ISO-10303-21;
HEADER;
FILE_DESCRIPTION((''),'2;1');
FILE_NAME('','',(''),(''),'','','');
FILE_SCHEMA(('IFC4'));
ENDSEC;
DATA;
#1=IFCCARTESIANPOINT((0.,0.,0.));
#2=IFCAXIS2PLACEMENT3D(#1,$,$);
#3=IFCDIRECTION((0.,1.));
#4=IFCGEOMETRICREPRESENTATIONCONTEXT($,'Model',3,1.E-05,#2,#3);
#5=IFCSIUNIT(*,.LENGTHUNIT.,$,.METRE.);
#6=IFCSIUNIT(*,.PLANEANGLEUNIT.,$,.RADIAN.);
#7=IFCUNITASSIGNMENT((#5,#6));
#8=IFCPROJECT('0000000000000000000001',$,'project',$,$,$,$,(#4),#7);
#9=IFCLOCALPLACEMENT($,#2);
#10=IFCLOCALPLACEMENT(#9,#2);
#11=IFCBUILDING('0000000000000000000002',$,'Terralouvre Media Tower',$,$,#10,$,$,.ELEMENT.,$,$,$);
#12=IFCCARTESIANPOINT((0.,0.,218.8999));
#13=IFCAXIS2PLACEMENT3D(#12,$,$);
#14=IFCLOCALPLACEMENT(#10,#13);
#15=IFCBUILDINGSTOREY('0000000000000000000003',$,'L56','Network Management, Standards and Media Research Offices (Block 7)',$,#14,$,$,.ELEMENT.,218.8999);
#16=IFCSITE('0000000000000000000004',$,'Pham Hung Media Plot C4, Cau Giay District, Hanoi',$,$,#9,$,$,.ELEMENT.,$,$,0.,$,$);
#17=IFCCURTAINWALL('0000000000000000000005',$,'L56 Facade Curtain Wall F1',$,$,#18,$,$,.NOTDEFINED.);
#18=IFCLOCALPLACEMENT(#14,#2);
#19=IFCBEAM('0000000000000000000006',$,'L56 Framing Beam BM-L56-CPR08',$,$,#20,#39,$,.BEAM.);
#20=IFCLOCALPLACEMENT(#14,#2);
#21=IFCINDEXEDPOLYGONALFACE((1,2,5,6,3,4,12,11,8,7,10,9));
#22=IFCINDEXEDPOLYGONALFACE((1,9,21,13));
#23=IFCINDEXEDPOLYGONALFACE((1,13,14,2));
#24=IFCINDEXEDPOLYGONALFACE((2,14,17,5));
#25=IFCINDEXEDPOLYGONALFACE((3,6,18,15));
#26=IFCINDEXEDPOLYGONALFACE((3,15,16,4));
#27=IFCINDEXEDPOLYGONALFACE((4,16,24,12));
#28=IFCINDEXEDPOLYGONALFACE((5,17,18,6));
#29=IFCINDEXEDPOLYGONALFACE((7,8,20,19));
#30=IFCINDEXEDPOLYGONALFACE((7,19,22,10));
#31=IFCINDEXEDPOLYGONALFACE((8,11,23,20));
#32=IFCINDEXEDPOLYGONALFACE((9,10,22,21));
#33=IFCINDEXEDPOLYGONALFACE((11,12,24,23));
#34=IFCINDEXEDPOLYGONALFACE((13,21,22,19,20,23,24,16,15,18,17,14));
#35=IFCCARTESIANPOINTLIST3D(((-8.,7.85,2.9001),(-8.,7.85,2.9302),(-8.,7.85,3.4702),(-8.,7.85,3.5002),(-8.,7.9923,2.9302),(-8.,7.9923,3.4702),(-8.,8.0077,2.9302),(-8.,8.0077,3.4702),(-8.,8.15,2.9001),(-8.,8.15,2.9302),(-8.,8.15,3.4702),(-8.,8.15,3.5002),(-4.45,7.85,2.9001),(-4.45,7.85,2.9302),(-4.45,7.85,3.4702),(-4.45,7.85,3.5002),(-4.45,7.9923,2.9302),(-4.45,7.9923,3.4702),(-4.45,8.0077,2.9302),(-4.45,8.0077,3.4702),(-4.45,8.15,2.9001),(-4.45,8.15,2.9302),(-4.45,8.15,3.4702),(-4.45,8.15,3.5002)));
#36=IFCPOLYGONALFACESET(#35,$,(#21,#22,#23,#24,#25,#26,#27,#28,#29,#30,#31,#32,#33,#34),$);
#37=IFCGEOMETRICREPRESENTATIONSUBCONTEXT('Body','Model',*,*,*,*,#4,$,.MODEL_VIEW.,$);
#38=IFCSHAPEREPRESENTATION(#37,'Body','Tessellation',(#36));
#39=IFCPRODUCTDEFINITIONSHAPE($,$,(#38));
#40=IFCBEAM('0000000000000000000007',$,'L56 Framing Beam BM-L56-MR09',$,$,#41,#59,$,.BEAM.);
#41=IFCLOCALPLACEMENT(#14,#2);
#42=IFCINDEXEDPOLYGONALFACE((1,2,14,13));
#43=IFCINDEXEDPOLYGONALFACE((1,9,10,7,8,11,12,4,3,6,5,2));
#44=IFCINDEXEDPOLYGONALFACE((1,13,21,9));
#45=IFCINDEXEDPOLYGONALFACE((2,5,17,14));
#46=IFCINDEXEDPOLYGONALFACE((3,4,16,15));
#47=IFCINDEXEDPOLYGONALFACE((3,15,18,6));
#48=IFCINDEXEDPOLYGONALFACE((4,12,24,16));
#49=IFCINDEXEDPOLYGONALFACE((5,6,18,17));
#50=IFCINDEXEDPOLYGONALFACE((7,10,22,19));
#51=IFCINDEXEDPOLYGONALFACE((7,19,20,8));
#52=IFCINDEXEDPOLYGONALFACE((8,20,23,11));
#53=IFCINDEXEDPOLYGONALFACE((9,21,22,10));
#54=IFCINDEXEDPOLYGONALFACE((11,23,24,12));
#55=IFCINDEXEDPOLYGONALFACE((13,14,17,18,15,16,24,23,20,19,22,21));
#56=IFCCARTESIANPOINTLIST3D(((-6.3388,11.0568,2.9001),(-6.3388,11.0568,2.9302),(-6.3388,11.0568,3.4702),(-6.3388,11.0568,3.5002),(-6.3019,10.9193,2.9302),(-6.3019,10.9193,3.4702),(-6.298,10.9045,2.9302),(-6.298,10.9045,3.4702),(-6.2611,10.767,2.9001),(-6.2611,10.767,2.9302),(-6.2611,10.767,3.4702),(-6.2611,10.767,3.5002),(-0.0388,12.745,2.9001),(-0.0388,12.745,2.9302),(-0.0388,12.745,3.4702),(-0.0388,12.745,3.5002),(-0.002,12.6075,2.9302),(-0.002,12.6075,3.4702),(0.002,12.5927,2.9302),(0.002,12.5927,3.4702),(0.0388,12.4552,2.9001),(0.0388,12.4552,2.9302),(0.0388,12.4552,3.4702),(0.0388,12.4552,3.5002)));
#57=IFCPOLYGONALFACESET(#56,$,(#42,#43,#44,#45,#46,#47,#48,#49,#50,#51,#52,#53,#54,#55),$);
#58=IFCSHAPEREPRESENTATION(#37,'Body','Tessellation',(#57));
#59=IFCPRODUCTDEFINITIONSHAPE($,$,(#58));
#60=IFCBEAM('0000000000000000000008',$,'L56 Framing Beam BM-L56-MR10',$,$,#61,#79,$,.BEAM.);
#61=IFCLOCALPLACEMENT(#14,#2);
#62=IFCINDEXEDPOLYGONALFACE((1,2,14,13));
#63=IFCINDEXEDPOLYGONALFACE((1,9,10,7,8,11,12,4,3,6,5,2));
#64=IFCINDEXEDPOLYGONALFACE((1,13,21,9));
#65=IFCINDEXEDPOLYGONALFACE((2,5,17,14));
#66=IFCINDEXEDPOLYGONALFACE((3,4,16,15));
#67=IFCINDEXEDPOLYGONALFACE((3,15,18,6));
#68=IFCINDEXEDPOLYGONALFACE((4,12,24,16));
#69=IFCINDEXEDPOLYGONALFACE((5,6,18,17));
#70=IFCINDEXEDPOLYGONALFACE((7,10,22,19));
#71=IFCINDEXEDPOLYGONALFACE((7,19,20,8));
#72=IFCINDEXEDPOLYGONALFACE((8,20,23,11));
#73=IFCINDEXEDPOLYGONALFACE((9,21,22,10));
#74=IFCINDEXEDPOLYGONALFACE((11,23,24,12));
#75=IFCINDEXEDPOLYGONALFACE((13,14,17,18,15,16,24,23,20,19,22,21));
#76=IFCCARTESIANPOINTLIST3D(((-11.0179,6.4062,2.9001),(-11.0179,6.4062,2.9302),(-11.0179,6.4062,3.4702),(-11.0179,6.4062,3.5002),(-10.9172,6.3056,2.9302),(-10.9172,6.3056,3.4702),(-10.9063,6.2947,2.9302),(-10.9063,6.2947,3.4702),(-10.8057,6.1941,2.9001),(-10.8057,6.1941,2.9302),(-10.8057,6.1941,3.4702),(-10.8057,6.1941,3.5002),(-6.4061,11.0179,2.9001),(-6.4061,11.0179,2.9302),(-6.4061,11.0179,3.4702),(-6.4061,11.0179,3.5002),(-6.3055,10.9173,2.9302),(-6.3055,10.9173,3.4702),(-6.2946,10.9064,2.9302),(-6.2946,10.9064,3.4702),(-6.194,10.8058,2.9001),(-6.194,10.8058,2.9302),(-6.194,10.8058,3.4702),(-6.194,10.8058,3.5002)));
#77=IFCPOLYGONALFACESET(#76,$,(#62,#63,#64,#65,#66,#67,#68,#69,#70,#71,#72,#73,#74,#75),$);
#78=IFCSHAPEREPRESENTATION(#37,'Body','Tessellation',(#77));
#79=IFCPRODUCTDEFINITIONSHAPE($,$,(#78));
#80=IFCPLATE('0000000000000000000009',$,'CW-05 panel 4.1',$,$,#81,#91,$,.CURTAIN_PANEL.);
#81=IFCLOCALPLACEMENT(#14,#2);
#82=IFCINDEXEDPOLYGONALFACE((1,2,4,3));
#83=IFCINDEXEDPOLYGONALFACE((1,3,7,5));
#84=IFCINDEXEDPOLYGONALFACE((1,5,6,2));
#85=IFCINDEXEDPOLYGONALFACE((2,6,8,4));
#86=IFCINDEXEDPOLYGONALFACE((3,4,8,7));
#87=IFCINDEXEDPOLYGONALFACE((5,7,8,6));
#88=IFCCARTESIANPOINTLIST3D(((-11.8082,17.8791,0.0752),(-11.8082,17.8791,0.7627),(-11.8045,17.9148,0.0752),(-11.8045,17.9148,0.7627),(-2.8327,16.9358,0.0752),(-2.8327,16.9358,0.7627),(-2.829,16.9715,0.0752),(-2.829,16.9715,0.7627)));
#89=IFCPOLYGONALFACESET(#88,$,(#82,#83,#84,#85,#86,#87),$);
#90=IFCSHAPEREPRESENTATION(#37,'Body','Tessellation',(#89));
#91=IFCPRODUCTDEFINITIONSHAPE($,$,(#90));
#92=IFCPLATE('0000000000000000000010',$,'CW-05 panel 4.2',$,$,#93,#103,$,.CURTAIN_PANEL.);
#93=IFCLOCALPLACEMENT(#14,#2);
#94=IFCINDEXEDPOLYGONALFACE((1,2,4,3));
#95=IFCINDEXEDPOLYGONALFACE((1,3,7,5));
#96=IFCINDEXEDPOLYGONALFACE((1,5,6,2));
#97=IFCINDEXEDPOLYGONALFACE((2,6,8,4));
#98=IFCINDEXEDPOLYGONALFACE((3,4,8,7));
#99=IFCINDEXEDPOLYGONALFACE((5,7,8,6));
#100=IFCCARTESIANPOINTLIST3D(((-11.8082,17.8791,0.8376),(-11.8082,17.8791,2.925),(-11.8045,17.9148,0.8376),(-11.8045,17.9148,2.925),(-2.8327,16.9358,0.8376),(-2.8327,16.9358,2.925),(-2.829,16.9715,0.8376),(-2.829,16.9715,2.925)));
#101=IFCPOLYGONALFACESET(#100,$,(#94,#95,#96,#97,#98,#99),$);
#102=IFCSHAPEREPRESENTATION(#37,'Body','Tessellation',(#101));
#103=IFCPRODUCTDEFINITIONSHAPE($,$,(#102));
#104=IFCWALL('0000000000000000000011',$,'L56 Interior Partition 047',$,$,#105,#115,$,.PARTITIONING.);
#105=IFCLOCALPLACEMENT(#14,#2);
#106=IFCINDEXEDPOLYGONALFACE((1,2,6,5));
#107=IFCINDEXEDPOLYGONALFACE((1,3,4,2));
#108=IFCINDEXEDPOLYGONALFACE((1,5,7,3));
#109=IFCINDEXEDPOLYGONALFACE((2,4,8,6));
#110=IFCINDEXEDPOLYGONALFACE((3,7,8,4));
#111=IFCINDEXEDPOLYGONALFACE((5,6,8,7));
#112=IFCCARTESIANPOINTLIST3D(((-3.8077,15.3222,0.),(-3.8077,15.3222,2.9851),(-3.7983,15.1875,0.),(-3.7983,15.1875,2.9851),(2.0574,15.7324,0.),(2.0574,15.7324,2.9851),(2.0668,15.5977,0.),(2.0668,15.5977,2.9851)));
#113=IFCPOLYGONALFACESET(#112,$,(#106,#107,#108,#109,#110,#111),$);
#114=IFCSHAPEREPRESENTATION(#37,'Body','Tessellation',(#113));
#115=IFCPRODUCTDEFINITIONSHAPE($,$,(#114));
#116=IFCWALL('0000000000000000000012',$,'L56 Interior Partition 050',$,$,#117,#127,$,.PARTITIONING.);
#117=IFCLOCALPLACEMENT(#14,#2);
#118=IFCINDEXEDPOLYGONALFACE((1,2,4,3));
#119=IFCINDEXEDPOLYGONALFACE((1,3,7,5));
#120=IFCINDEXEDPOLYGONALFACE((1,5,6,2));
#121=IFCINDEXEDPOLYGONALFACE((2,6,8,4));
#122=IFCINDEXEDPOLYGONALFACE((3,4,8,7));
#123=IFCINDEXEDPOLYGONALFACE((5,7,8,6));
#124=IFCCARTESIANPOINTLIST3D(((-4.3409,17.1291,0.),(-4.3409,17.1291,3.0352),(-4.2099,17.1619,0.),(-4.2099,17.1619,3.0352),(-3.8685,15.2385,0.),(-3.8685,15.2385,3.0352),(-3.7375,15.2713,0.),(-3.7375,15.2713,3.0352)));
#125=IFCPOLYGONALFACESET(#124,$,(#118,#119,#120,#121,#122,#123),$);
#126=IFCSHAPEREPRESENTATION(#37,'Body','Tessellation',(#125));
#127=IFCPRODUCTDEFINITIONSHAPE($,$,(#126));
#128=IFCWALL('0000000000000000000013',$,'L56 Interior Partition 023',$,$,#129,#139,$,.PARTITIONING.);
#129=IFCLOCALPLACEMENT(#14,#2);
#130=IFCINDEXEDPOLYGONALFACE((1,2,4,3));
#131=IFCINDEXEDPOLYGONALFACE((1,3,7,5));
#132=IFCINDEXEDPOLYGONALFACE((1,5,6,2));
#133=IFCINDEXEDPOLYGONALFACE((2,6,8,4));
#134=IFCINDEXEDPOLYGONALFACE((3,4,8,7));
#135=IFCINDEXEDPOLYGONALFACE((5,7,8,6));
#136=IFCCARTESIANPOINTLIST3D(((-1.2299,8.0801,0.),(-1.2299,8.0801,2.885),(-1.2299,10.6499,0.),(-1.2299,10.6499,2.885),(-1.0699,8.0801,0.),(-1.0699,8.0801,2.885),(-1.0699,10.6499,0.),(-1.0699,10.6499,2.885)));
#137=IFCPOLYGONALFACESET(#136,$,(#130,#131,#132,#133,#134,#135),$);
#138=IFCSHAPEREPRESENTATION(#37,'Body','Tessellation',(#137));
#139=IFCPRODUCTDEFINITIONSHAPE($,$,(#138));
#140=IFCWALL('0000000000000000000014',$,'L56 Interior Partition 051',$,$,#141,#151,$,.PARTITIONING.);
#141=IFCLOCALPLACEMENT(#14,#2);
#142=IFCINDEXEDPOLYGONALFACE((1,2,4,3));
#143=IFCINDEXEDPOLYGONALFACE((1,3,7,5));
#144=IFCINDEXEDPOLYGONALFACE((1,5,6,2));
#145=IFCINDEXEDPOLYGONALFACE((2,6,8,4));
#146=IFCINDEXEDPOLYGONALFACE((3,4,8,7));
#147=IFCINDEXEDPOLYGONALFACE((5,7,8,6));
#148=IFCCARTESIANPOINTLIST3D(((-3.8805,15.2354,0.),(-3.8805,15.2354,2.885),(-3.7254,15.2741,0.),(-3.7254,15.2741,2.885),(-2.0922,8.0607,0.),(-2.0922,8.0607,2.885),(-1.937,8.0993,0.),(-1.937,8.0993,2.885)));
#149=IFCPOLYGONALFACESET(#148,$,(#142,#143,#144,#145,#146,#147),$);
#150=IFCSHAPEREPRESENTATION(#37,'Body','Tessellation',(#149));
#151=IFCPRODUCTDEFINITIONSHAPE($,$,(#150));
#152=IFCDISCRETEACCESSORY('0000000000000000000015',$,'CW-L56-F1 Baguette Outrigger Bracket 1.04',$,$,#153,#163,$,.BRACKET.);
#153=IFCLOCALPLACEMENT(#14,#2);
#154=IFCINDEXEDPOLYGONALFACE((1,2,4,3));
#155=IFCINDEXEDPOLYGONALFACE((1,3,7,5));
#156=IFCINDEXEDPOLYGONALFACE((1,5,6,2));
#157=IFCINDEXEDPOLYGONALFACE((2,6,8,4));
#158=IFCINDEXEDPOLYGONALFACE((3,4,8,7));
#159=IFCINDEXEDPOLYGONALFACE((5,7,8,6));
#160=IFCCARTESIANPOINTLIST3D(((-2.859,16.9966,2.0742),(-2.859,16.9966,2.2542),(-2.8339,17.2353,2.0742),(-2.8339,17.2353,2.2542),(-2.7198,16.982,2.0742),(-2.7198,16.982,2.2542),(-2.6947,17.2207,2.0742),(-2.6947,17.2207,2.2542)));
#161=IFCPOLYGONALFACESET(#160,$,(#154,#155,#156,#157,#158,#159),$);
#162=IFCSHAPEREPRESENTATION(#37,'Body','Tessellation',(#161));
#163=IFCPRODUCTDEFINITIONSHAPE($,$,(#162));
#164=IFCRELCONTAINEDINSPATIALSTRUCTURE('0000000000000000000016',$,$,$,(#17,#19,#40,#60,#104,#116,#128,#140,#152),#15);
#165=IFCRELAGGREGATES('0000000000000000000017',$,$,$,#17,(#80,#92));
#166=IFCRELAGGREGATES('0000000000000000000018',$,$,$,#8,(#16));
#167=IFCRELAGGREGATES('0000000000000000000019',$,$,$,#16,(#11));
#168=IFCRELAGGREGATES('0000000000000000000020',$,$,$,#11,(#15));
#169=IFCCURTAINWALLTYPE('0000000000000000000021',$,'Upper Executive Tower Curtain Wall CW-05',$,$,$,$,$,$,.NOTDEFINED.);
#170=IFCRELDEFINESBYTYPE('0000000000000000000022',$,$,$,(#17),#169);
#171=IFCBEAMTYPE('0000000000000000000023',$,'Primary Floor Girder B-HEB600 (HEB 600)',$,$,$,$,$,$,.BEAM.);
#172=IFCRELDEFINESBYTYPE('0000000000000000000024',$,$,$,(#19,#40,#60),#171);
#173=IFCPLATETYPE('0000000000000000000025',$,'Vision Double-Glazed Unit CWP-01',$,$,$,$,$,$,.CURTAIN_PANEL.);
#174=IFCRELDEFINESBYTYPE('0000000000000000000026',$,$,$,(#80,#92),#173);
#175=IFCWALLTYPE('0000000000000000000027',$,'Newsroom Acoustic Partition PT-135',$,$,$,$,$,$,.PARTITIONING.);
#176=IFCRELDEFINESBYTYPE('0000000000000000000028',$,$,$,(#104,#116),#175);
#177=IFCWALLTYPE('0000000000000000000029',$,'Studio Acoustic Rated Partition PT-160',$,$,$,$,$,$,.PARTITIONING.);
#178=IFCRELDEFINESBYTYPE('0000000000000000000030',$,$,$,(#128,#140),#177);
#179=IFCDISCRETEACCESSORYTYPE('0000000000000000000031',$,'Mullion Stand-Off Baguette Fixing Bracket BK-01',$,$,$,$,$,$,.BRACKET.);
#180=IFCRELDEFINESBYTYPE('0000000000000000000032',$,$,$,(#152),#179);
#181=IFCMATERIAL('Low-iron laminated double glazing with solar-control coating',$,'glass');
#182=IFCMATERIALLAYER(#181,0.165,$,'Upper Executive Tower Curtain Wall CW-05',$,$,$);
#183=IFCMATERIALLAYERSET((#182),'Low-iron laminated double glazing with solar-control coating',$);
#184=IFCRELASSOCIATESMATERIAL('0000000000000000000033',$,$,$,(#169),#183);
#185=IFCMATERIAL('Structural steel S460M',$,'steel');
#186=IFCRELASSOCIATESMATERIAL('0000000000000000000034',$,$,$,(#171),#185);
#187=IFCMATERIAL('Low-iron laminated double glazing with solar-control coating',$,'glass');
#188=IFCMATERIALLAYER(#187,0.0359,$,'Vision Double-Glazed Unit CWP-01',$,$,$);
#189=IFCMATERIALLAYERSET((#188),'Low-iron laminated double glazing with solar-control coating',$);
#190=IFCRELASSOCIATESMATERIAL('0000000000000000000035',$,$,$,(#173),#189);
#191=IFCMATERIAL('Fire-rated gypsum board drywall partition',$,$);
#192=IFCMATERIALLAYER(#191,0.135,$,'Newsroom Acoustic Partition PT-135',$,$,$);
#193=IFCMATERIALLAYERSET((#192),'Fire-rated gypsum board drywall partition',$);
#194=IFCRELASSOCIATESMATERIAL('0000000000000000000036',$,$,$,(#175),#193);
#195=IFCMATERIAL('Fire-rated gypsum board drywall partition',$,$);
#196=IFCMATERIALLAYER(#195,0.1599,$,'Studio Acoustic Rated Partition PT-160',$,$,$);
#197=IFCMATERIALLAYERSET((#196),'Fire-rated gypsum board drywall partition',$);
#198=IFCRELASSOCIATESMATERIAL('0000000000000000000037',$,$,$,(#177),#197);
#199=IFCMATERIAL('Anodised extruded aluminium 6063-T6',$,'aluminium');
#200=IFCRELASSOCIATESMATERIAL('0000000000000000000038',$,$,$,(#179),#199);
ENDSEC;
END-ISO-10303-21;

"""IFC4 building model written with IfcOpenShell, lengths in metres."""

from ifc_helpers import new_model, si_unit, direction, frame, frame_2d, origin, origin_2d, place, context, subcontext, project, spatial, rectangle, i_section, extrude, material, layer, layer_set, material_profile, profile_set, type_object, element, aggregate, save


model = new_model("IFC4")

# Units and contexts
model_context = context("Model", 3, precision=1e-05, world=origin(), true_north=direction((0.0, 1.0)))
body_context = subcontext(model_context, "Body", "Model", "MODEL_VIEW")
ifc_project = project(units=[si_unit("LENGTHUNIT", "METRE"), si_unit("PLANEANGLEUNIT", "RADIAN")], contexts=[model_context])

# Site, building, storey
site_placement = place(None, origin())
site = spatial("IfcSite", under=ifc_project, at=site_placement, Name="Pham Hung Media Plot C4, Cau Giay District, Hanoi", CompositionType="ELEMENT", RefElevation=0.0)
building_placement = place(site_placement, origin())
building = spatial("IfcBuilding", under=site, at=building_placement, Name="Terralouvre Media Tower", CompositionType="ELEMENT")
storey_placement = place(building_placement, frame((0.0, 0.0, 218.8999)))
storey = spatial("IfcBuildingStorey", under=building, at=storey_placement, Name="L56", Description="Network Management, Standards and Media Research Offices (Block 7)", CompositionType="ELEMENT", Elevation=218.8999)

# Curtain wall
ifc_material_1 = material(Name="Low-iron laminated double glazing with solar-control coating", Category="glass")
ifc_layer_1 = layer(ifc_material_1, 0.165, Name="Upper Executive Tower Curtain Wall CW-05")
ifc_layer_set_1 = layer_set([ifc_layer_1], Name="Low-iron laminated double glazing with solar-control coating")
curtain_wall_type = type_object("IfcCurtainWallType", Name="Upper Executive Tower Curtain Wall CW-05", PredefinedType="NOTDEFINED", material=ifc_layer_set_1)
curtain_wall_placement = place(storey_placement, origin())
curtain_wall = element("IfcCurtainWall", 1, at=curtain_wall_placement, inside=storey, type_object=curtain_wall_type, Name="L56 Facade Curtain Wall F1", PredefinedType="NOTDEFINED")

# Beams
ifc_material_2 = material(Name="Structural steel S460M", Category="steel")
ifc_material_profile_1 = material_profile(ifc_material_2, i_section(OverallWidth=0.3, OverallDepth=0.6001, WebThickness=0.0154, FlangeThickness=0.03, at=origin_2d()), Name="HEB 600")
ifc_profile_set_1 = profile_set([ifc_material_profile_1], Name="Structural steel S460M")
beam_type_1 = type_object("IfcBeamType", Name="Primary Floor Girder B-HEB600 (HEB 600)", PredefinedType="BEAM", material=ifc_profile_set_1)
beam_1_placement = place(storey_placement, frame((-4.45, 8.0, 3.2002), z_axis=(-1.0, 0.0, 0.0), x_axis=(0.0, -1.0, 0.0)))
element("IfcBeam", 2, at=beam_1_placement, inside=storey, type_object=beam_type_1, Name="L56 Framing Beam BM-L56-CPR08", PredefinedType="BEAM", context=body_context, shape_type="SweptSolid", body=[
    extrude(i_section(OverallWidth=0.3, OverallDepth=0.6001, WebThickness=0.0154, FlangeThickness=0.03, at=origin_2d()), origin(), (0.0, 0.0, 1.0), 3.55),
])
beam_2_placement = place(storey_placement, frame((0.0, 12.6001, 3.2002), z_axis=(-0.96592, -0.258839, 0.0), x_axis=(0.258839, -0.96592, 0.0)))
element("IfcBeam", 3, at=beam_2_placement, inside=storey, type_object=beam_type_1, Name="L56 Framing Beam BM-L56-MR09", PredefinedType="BEAM", context=body_context, shape_type="SweptSolid", body=[
    extrude(i_section(OverallWidth=0.3, OverallDepth=0.6001, WebThickness=0.0154, FlangeThickness=0.03, at=origin_2d()), origin(), (0.0, 0.0, 1.0), 6.5222),
])
beam_3_placement = place(storey_placement, frame((-6.3, 10.9119, 3.2002), z_axis=(-0.707107, -0.707107, 0.0), x_axis=(0.707107, -0.707107, 0.0)))
element("IfcBeam", 4, at=beam_3_placement, inside=storey, type_object=beam_type_1, Name="L56 Framing Beam BM-L56-MR10", PredefinedType="BEAM", context=body_context, shape_type="SweptSolid", body=[
    extrude(i_section(OverallWidth=0.3, OverallDepth=0.6001, WebThickness=0.0154, FlangeThickness=0.03, at=origin_2d()), origin(), (0.0, 0.0, 1.0), 6.522),
])

# Plates
ifc_material_3 = material(Name="Low-iron laminated double glazing with solar-control coating", Category="glass")
ifc_layer_2 = layer(ifc_material_3, 0.0359, Name="Vision Double-Glazed Unit CWP-01")
ifc_layer_set_2 = layer_set([ifc_layer_2], Name="Low-iron laminated double glazing with solar-control coating")
plate_type = type_object("IfcPlateType", Name="Vision Double-Glazed Unit CWP-01", PredefinedType="CURTAIN_PANEL", material=ifc_layer_set_2)
plate_1_placement = place(storey_placement, frame((-7.3186, 17.4253, 0.0752), z_axis=(0.0, 0.0, 1.0), x_axis=(-0.994522, 0.104529, 0.0)))
plate_1 = element("IfcPlate", 5, at=plate_1_placement, type_object=plate_type, Name="CW-05 panel 4.1", PredefinedType="CURTAIN_PANEL", context=body_context, shape_type="SweptSolid", body=[
    extrude(rectangle(XDim=9.0249, YDim=0.0359, at=origin_2d()), origin(), (0.0, 0.0, 1.0), 0.6875),
])
plate_2_placement = place(storey_placement, frame((-7.3186, 17.4253, 0.8376), z_axis=(0.0, 0.0, 1.0), x_axis=(-0.994522, 0.104529, 0.0)))
plate_2 = element("IfcPlate", 6, at=plate_2_placement, type_object=plate_type, Name="CW-05 panel 4.2", PredefinedType="CURTAIN_PANEL", context=body_context, shape_type="SweptSolid", body=[
    extrude(rectangle(XDim=9.0249, YDim=0.0359, at=origin_2d()), origin(), (0.0, 0.0, 1.0), 2.0874),
])
aggregate(curtain_wall, [plate_1, plate_2])

# Walls
ifc_material_4 = material(Name="Fire-rated gypsum board drywall partition")
ifc_layer_3 = layer(ifc_material_4, 0.135, Name="Newsroom Acoustic Partition PT-135")
ifc_layer_set_3 = layer_set([ifc_layer_3], Name="Fire-rated gypsum board drywall partition")
wall_type_1 = type_object("IfcWallType", Name="Newsroom Acoustic Partition PT-135", PredefinedType="PARTITIONING", material=ifc_layer_set_3)
wall_1_placement = place(storey_placement, frame((-3.803, 15.2549, 0.0), z_axis=(0.0, 0.0, 1.0), x_axis=(0.997564, 0.069763, 0.0)))
element("IfcWall", 7, at=wall_1_placement, inside=storey, type_object=wall_type_1, Name="L56 Interior Partition 047", PredefinedType="PARTITIONING", context=body_context, shape_type="SweptSolid", body=[
    extrude(rectangle(XDim=5.8794, YDim=0.135, at=frame_2d((2.9397, 0.0))), origin(), (0.0, 0.0, 1.0), 2.9851),
])
wall_2_placement = place(storey_placement, frame((-4.2754, 17.1455, 0.0), z_axis=(0.0, 0.0, 1.0), x_axis=(0.242418, -0.970172, 0.0)))
element("IfcWall", 8, at=wall_2_placement, inside=storey, type_object=wall_type_1, Name="L56 Interior Partition 050", PredefinedType="PARTITIONING", context=body_context, shape_type="SweptSolid", body=[
    extrude(rectangle(XDim=1.9487, YDim=0.135, at=frame_2d((0.9744, 0.0))), origin(), (0.0, 0.0, 1.0), 3.0352),
])
ifc_material_5 = material(Name="Fire-rated gypsum board drywall partition")
ifc_layer_4 = layer(ifc_material_5, 0.1599, Name="Studio Acoustic Rated Partition PT-160")
ifc_layer_set_4 = layer_set([ifc_layer_4], Name="Fire-rated gypsum board drywall partition")
wall_type_2 = type_object("IfcWallType", Name="Studio Acoustic Rated Partition PT-160", PredefinedType="PARTITIONING", material=ifc_layer_set_4)
wall_3_placement = place(storey_placement, frame((-1.1499, 10.6499, 0.0), z_axis=(0.0, 0.0, 1.0), x_axis=(0.0, -1.0, 0.0)))
element("IfcWall", 9, at=wall_3_placement, inside=storey, type_object=wall_type_2, Name="L56 Interior Partition 023", PredefinedType="PARTITIONING", context=body_context, shape_type="SweptSolid", body=[
    extrude(rectangle(XDim=2.5698, YDim=0.1599, at=frame_2d((1.2849, 0.0))), origin(), (0.0, 0.0, 1.0), 2.885),
])
wall_4_placement = place(storey_placement, frame((-3.803, 15.2549, 0.0), z_axis=(0.0, 0.0, 1.0), x_axis=(0.241852, -0.970313, 0.0)))
element("IfcWall", 10, at=wall_4_placement, inside=storey, type_object=wall_type_2, Name="L56 Interior Partition 051", PredefinedType="PARTITIONING", context=body_context, shape_type="SweptSolid", body=[
    extrude(rectangle(XDim=7.3943, YDim=0.1599, at=frame_2d((3.6973, 0.0))), origin(), (0.0, 0.0, 1.0), 2.885),
])

# Discrete accessory
ifc_material_6 = material(Name="Anodised extruded aluminium 6063-T6", Category="aluminium")
discrete_accessory_type = type_object("IfcDiscreteAccessoryType", Name="Mullion Stand-Off Baguette Fixing Bracket BK-01", PredefinedType="BRACKET", material=ifc_material_6)
discrete_accessory_placement = place(storey_placement, frame((-2.7769, 17.1086, 2.0742), z_axis=(0.0, 0.0, 1.0), x_axis=(-0.994522, 0.104529, 0.0)))
element("IfcDiscreteAccessory", 11, at=discrete_accessory_placement, inside=storey, type_object=discrete_accessory_type, Name="CW-L56-F1 Baguette Outrigger Bracket 1.04", PredefinedType="BRACKET", context=body_context, shape_type="SweptSolid", body=[
    extrude(rectangle(XDim=0.1399, YDim=0.24, at=origin_2d()), origin(), (0.0, 0.0, 1.0), 0.1799),
])

save(model, "model.ifc")
